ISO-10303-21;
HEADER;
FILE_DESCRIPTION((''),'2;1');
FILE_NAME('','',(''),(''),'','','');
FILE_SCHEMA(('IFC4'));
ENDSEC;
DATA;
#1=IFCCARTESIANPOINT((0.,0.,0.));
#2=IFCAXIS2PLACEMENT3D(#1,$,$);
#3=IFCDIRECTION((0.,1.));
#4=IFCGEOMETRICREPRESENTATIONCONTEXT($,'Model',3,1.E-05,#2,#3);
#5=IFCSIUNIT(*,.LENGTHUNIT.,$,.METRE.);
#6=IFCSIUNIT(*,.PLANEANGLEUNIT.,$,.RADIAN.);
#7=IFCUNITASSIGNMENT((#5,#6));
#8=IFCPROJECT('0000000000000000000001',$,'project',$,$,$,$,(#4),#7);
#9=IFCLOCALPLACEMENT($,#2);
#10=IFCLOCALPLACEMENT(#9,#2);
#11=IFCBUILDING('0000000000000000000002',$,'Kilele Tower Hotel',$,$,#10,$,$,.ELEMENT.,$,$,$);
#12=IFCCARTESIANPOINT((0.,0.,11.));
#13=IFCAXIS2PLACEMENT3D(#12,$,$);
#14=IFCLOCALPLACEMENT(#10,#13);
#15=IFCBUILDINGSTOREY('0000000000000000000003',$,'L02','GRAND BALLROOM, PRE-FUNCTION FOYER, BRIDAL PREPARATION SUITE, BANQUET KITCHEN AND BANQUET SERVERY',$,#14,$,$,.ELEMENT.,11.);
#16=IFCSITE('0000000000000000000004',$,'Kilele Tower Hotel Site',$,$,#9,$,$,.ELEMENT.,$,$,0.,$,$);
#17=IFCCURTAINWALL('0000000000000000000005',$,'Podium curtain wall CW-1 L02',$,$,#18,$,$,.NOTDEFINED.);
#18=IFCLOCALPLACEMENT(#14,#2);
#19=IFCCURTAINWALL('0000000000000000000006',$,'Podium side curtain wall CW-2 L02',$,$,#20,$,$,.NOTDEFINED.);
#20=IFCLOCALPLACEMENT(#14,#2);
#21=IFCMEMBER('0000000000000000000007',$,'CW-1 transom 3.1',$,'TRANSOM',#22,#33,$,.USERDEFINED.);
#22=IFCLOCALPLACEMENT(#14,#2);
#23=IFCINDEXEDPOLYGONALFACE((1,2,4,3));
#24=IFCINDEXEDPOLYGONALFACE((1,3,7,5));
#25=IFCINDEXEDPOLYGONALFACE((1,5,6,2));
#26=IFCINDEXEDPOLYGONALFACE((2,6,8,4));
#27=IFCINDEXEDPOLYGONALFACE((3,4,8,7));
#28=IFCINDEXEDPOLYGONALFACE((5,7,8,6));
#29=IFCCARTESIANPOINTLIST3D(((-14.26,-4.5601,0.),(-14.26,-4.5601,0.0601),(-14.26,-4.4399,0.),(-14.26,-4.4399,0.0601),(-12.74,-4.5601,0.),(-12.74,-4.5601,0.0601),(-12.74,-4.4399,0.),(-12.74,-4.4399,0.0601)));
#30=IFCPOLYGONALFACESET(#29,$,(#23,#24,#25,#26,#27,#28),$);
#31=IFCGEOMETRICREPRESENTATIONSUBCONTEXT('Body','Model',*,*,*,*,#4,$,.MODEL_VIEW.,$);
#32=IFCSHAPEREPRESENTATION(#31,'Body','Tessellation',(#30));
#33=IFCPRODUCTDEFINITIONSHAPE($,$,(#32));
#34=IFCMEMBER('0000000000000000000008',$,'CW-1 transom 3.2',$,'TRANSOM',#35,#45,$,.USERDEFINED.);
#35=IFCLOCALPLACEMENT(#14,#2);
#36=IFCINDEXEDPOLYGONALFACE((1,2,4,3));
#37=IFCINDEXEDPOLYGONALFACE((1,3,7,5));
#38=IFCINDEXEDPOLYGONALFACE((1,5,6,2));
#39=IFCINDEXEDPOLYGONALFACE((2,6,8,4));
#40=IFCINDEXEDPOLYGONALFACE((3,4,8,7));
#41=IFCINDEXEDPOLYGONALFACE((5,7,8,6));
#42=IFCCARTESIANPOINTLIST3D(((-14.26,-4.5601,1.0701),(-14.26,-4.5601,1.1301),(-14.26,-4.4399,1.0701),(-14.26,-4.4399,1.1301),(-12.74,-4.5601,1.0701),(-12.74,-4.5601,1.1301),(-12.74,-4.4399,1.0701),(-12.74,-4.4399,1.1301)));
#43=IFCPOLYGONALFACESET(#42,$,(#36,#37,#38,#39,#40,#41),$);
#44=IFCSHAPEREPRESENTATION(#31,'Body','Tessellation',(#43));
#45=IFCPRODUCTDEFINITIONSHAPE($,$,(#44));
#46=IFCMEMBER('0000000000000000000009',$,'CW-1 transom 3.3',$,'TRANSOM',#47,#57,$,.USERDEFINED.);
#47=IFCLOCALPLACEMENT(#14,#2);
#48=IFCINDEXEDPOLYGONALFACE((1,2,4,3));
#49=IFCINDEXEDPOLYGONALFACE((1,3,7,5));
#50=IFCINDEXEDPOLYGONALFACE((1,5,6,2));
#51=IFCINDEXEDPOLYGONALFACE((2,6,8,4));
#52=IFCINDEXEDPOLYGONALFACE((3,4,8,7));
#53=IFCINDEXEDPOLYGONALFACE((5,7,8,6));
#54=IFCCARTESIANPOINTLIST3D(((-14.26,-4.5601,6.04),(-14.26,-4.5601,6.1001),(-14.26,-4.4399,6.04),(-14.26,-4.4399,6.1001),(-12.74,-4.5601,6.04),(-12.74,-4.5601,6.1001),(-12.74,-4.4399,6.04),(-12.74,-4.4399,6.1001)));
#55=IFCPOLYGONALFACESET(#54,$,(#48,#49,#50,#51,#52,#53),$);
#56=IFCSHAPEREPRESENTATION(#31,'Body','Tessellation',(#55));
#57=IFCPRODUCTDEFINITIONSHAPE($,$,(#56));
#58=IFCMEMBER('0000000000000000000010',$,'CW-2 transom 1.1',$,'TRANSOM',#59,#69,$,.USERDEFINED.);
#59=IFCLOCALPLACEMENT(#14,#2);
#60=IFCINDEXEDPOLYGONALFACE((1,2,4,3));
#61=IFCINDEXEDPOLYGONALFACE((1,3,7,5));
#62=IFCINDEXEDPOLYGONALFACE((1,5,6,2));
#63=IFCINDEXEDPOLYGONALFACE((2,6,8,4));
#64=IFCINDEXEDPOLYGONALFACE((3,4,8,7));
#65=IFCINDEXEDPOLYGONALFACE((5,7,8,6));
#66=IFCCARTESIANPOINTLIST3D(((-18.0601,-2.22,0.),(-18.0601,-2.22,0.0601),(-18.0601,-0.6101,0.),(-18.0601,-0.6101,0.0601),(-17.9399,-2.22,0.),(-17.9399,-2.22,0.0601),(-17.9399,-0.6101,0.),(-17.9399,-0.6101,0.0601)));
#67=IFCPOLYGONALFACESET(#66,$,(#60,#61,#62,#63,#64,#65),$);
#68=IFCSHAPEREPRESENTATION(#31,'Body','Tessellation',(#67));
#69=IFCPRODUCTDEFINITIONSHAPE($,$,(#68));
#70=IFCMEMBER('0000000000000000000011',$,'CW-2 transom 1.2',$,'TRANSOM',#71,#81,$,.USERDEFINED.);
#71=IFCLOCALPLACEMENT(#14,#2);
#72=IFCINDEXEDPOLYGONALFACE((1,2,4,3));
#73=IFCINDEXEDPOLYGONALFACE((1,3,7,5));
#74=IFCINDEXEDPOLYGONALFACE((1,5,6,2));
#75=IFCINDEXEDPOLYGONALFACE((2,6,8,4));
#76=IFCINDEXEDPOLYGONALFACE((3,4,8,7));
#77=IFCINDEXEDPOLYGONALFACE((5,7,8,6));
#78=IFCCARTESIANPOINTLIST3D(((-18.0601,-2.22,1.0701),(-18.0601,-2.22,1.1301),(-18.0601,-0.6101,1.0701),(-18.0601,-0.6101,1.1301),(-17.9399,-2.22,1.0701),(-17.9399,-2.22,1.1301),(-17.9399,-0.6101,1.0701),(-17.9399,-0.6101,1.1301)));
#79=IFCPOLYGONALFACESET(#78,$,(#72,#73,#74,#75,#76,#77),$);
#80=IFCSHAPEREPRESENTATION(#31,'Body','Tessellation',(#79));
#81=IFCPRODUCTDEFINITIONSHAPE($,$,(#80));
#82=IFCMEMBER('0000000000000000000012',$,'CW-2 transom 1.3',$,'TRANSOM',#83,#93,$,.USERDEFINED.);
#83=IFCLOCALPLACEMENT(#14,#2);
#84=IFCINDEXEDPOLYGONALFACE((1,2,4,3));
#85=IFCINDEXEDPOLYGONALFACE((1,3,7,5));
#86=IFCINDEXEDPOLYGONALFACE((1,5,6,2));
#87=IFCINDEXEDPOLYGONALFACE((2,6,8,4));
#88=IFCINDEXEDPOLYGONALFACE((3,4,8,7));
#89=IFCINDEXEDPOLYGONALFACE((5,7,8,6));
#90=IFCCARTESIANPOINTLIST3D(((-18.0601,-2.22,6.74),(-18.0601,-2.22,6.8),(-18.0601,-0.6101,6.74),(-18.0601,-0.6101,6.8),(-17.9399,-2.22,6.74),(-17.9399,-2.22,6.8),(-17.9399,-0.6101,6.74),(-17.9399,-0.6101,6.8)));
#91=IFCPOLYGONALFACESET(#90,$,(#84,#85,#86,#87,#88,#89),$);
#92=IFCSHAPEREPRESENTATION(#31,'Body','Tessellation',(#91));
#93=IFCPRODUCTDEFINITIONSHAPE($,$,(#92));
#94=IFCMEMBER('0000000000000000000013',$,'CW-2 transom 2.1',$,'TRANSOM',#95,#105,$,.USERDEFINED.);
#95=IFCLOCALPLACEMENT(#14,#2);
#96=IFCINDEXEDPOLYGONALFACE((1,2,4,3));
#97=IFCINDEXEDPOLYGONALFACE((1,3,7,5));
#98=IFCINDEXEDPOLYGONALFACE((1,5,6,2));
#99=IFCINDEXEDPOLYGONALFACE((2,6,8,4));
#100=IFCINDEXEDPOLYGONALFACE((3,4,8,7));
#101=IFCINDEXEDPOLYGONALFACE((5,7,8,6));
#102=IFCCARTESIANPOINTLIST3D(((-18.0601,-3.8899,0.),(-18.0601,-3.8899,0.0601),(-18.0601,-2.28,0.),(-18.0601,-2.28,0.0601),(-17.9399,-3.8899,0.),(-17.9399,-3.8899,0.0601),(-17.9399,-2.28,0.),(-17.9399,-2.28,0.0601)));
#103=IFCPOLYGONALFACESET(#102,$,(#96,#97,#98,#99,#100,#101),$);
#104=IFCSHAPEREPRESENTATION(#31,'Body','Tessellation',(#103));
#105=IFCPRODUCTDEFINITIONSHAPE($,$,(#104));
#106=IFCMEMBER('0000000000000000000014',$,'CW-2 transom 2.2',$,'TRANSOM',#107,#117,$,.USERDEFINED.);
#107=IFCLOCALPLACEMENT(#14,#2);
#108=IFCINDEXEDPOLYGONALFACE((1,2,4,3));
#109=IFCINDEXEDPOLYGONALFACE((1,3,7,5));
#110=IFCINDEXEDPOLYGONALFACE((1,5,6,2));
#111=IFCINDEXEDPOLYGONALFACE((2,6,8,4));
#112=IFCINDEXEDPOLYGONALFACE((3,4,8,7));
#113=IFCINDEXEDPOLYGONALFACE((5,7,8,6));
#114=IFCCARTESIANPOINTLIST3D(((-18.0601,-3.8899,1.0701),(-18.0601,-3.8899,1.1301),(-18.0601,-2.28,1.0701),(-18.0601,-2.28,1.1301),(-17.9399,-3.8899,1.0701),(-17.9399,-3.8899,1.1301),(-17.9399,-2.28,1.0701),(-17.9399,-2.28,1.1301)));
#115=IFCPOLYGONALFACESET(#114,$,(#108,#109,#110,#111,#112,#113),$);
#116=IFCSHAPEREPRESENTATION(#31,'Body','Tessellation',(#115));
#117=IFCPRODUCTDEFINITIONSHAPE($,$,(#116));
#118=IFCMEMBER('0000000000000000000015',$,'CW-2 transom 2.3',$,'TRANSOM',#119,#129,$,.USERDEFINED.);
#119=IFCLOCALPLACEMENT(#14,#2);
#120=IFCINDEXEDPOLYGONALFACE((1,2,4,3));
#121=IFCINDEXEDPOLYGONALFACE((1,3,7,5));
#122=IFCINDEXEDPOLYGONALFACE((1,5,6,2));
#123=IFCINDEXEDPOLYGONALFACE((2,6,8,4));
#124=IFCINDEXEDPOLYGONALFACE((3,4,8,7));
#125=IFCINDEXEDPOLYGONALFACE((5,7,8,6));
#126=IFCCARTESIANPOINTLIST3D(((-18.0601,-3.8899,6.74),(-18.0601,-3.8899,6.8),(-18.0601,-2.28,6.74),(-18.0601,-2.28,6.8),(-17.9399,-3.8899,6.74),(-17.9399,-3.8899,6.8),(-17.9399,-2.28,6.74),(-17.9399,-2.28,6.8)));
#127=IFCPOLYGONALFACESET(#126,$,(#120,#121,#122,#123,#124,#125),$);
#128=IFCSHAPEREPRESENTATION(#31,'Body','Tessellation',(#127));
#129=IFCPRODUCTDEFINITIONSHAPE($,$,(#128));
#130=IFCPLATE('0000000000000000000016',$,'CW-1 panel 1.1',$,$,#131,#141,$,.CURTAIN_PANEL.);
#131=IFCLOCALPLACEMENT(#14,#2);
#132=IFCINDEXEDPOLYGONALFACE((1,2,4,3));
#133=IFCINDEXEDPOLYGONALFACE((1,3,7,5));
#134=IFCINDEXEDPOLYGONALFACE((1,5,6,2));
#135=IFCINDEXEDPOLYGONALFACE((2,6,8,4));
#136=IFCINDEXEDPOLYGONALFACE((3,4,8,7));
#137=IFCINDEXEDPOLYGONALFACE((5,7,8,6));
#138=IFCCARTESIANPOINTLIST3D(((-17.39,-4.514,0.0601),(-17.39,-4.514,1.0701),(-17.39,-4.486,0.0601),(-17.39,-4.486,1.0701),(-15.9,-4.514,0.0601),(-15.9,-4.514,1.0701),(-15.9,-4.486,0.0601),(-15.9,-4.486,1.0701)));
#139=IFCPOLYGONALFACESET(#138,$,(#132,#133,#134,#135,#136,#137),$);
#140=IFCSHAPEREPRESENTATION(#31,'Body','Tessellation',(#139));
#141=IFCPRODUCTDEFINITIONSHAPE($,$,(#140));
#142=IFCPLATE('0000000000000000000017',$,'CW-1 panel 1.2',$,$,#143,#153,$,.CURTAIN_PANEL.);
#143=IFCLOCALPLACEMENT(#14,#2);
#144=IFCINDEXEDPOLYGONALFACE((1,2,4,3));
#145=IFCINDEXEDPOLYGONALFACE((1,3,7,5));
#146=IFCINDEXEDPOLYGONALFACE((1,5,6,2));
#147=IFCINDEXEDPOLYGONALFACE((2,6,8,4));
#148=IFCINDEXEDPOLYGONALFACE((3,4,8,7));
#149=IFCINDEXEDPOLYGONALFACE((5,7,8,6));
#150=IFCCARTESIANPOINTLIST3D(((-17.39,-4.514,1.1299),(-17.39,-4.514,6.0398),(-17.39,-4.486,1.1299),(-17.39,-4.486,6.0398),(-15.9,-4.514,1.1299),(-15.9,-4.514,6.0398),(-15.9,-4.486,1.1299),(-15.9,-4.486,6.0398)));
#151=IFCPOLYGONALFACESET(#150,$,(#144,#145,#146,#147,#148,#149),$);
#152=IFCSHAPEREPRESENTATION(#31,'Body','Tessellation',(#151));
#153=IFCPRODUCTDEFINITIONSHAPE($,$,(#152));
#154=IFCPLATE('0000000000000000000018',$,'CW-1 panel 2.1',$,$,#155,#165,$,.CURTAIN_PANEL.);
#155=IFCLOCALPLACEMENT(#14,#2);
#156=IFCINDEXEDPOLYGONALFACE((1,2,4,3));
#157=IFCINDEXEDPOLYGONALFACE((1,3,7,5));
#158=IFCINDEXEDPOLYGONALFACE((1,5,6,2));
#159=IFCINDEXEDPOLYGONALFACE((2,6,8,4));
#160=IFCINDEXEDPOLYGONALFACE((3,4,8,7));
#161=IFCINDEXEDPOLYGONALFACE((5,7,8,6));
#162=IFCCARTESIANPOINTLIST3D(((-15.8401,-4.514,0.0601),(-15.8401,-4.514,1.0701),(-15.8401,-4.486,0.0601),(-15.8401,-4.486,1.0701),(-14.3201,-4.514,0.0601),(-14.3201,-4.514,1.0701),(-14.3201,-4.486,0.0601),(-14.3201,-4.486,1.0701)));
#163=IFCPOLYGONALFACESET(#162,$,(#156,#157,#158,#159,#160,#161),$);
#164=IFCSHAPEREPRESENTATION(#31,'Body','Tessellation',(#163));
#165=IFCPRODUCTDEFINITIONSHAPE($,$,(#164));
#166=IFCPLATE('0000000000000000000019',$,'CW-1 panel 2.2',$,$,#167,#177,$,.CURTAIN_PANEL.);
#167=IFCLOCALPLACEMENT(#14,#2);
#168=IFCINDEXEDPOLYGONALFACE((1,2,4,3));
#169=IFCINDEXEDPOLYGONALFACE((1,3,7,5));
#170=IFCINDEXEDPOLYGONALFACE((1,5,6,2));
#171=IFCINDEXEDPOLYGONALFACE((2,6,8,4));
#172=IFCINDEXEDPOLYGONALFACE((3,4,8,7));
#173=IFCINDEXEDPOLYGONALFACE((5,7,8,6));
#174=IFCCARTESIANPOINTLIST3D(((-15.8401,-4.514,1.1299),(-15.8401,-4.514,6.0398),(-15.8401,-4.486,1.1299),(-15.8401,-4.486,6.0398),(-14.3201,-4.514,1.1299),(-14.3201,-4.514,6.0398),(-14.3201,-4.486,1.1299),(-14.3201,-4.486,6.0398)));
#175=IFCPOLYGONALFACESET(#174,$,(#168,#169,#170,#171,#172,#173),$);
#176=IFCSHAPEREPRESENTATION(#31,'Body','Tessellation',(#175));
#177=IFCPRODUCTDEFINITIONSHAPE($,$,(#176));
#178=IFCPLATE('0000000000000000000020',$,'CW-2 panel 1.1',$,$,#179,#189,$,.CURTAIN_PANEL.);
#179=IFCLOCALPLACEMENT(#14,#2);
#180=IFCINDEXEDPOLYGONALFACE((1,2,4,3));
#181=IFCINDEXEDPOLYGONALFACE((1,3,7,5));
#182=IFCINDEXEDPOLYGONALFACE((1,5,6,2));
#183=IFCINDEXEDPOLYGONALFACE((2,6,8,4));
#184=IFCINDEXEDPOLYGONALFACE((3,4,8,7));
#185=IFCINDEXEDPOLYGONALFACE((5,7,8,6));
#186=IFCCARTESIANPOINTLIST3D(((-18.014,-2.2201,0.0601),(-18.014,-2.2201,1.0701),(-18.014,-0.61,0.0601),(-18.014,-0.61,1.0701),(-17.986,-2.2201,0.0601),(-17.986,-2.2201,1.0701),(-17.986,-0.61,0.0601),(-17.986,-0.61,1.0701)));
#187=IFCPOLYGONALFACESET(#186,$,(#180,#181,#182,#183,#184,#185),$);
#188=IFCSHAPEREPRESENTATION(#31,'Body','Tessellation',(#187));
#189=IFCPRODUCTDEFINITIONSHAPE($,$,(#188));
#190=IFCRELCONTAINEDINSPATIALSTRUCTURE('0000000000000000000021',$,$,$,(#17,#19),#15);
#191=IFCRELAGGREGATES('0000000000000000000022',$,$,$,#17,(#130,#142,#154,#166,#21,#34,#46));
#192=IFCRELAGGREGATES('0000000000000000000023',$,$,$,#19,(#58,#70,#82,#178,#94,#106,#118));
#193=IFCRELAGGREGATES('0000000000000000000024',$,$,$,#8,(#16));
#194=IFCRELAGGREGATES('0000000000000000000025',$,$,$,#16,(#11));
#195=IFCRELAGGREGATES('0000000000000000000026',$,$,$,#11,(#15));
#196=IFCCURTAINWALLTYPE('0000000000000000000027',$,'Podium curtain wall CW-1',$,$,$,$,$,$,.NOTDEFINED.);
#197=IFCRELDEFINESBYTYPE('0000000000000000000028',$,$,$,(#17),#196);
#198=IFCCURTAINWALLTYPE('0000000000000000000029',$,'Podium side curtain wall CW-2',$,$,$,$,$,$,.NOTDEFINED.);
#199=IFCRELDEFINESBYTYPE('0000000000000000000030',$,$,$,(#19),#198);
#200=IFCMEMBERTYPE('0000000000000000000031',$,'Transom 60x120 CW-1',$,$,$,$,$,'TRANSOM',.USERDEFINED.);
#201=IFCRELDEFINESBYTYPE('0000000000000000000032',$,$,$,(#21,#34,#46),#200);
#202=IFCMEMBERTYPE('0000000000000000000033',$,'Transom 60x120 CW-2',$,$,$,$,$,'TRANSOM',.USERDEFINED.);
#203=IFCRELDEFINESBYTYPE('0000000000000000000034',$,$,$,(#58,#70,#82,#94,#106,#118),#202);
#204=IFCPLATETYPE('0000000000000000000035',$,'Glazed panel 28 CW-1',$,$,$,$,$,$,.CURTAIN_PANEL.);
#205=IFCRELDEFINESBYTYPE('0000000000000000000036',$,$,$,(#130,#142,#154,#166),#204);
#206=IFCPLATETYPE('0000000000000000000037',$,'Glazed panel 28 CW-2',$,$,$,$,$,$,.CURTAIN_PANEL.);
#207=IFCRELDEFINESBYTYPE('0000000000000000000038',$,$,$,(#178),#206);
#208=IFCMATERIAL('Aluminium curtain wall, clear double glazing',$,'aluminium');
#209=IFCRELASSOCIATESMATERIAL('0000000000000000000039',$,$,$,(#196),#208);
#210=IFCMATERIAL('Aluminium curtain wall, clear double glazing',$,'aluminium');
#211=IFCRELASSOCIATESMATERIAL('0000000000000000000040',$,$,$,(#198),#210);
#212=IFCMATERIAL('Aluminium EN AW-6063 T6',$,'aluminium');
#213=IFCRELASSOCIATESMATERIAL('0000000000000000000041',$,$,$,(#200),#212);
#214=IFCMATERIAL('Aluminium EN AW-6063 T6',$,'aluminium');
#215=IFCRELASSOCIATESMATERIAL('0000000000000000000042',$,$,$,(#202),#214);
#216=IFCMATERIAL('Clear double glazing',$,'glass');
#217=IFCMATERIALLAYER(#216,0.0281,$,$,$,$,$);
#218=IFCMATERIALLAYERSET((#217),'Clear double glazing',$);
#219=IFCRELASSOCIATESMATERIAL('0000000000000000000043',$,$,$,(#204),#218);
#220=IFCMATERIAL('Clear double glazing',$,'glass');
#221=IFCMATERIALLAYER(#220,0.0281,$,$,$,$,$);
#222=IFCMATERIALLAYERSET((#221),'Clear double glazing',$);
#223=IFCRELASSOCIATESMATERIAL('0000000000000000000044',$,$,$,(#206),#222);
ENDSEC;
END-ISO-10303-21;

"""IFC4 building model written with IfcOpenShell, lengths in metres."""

from ifc_helpers import new_model, si_unit, direction, frame, origin, origin_2d, place, context, subcontext, project, spatial, rectangle, extrude, material, layer, layer_set, material_profile, profile_set, type_object, element, aggregate, save


model = new_model("IFC4")

# Units and contexts
model_context = context("Model", 3, precision=1e-05, world=origin(), true_north=direction((0.0, 1.0)))
body_context = subcontext(model_context, "Body", "Model", "MODEL_VIEW")
ifc_project = project(units=[si_unit("LENGTHUNIT", "METRE"), si_unit("PLANEANGLEUNIT", "RADIAN")], contexts=[model_context])

# Site, building, storey
site_placement = place(None, origin())
site = spatial("IfcSite", under=ifc_project, at=site_placement, Name="Kilele Tower Hotel Site", CompositionType="ELEMENT", RefElevation=0.0)
building_placement = place(site_placement, origin())
building = spatial("IfcBuilding", under=site, at=building_placement, Name="Kilele Tower Hotel", CompositionType="ELEMENT")
storey_placement = place(building_placement, frame((0.0, 0.0, 11.0)))
storey = spatial("IfcBuildingStorey", under=building, at=storey_placement, Name="L02", Description="GRAND BALLROOM, PRE-FUNCTION FOYER, BRIDAL PREPARATION SUITE, BANQUET KITCHEN AND BANQUET SERVERY", CompositionType="ELEMENT", Elevation=11.0)

# Curtain walls
ifc_material_1 = material(Name="Aluminium curtain wall, clear double glazing", Category="aluminium")
curtain_wall_type_1 = type_object("IfcCurtainWallType", Name="Podium curtain wall CW-1", PredefinedType="NOTDEFINED", material=ifc_material_1)
curtain_wall_1_placement = place(storey_placement, origin())
curtain_wall_1 = element("IfcCurtainWall", 1, at=curtain_wall_1_placement, inside=storey, type_object=curtain_wall_type_1, Name="Podium curtain wall CW-1 L02", PredefinedType="NOTDEFINED")
ifc_material_2 = material(Name="Aluminium curtain wall, clear double glazing", Category="aluminium")
curtain_wall_type_2 = type_object("IfcCurtainWallType", Name="Podium side curtain wall CW-2", PredefinedType="NOTDEFINED", material=ifc_material_2)
curtain_wall_2_placement = place(storey_placement, origin())
curtain_wall_2 = element("IfcCurtainWall", 2, at=curtain_wall_2_placement, inside=storey, type_object=curtain_wall_type_2, Name="Podium side curtain wall CW-2 L02", PredefinedType="NOTDEFINED")

# Members
ifc_material_3 = material(Name="Aluminium EN AW-6063 T6", Category="aluminium")
ifc_material_profile_1 = material_profile(ifc_material_3, rectangle(XDim=0.1201, YDim=0.0601, at=origin_2d()))
ifc_profile_set_1 = profile_set([ifc_material_profile_1], Name="Aluminium EN AW-6063 T6")
member_type_1 = type_object("IfcMemberType", Name="Transom 60x120 CW-1", ElementType="TRANSOM", PredefinedType="USERDEFINED", material=ifc_profile_set_1)
member_1_placement = place(storey_placement, frame((-14.26, -4.5, 0.03), z_axis=(1.0, 0.0, 0.0), x_axis=(0.0, 1.0, 0.0)))
member_1 = element("IfcMember", 3, at=member_1_placement, type_object=member_type_1, Name="CW-1 transom 3.1", ObjectType="TRANSOM", PredefinedType="USERDEFINED", context=body_context, shape_type="SweptSolid", body=[
    extrude(rectangle(XDim=0.1201, YDim=0.0601, at=origin_2d()), origin(), (0.0, 0.0, 1.0), 1.52),
])
member_2_placement = place(storey_placement, frame((-14.26, -4.5, 1.1001), z_axis=(1.0, 0.0, 0.0), x_axis=(0.0, 1.0, 0.0)))
member_2 = element("IfcMember", 4, at=member_2_placement, type_object=member_type_1, Name="CW-1 transom 3.2", ObjectType="TRANSOM", PredefinedType="USERDEFINED", context=body_context, shape_type="SweptSolid", body=[
    extrude(rectangle(XDim=0.1201, YDim=0.0601, at=origin_2d()), origin(), (0.0, 0.0, 1.0), 1.52),
])
member_3_placement = place(storey_placement, frame((-14.26, -4.5, 6.0701), z_axis=(1.0, 0.0, 0.0), x_axis=(0.0, 1.0, 0.0)))
member_3 = element("IfcMember", 5, at=member_3_placement, type_object=member_type_1, Name="CW-1 transom 3.3", ObjectType="TRANSOM", PredefinedType="USERDEFINED", context=body_context, shape_type="SweptSolid", body=[
    extrude(rectangle(XDim=0.1201, YDim=0.0601, at=origin_2d()), origin(), (0.0, 0.0, 1.0), 1.52),
])
ifc_material_4 = material(Name="Aluminium EN AW-6063 T6", Category="aluminium")
ifc_material_profile_2 = material_profile(ifc_material_4, rectangle(XDim=0.1201, YDim=0.0601, at=origin_2d()))
ifc_profile_set_2 = profile_set([ifc_material_profile_2], Name="Aluminium EN AW-6063 T6")
member_type_2 = type_object("IfcMemberType", Name="Transom 60x120 CW-2", ElementType="TRANSOM", PredefinedType="USERDEFINED", material=ifc_profile_set_2)
member_4_placement = place(storey_placement, frame((-18.0, -0.6101, 0.03), z_axis=(0.0, -1.0, 0.0), x_axis=(1.0, 0.0, 0.0)))
member_4 = element("IfcMember", 6, at=member_4_placement, type_object=member_type_2, Name="CW-2 transom 1.1", ObjectType="TRANSOM", PredefinedType="USERDEFINED", context=body_context, shape_type="SweptSolid", body=[
    extrude(rectangle(XDim=0.1201, YDim=0.0601, at=origin_2d()), origin(), (0.0, 0.0, 1.0), 1.6099),
])
member_5_placement = place(storey_placement, frame((-18.0, -0.6101, 1.1001), z_axis=(0.0, -1.0, 0.0), x_axis=(1.0, 0.0, 0.0)))
member_5 = element("IfcMember", 7, at=member_5_placement, type_object=member_type_2, Name="CW-2 transom 1.2", ObjectType="TRANSOM", PredefinedType="USERDEFINED", context=body_context, shape_type="SweptSolid", body=[
    extrude(rectangle(XDim=0.1201, YDim=0.0601, at=origin_2d()), origin(), (0.0, 0.0, 1.0), 1.6099),
])
member_6_placement = place(storey_placement, frame((-18.0, -0.6101, 6.77), z_axis=(0.0, -1.0, 0.0), x_axis=(1.0, 0.0, 0.0)))
member_6 = element("IfcMember", 8, at=member_6_placement, type_object=member_type_2, Name="CW-2 transom 1.3", ObjectType="TRANSOM", PredefinedType="USERDEFINED", context=body_context, shape_type="SweptSolid", body=[
    extrude(rectangle(XDim=0.1201, YDim=0.0601, at=origin_2d()), origin(), (0.0, 0.0, 1.0), 1.6099),
])
member_7_placement = place(storey_placement, frame((-18.0, -2.28, 0.03), z_axis=(0.0, -1.0, 0.0), x_axis=(1.0, 0.0, 0.0)))
member_7 = element("IfcMember", 9, at=member_7_placement, type_object=member_type_2, Name="CW-2 transom 2.1", ObjectType="TRANSOM", PredefinedType="USERDEFINED", context=body_context, shape_type="SweptSolid", body=[
    extrude(rectangle(XDim=0.1201, YDim=0.0601, at=origin_2d()), origin(), (0.0, 0.0, 1.0), 1.6099),
])
member_8_placement = place(storey_placement, frame((-18.0, -2.28, 1.1001), z_axis=(0.0, -1.0, 0.0), x_axis=(1.0, 0.0, 0.0)))
member_8 = element("IfcMember", 10, at=member_8_placement, type_object=member_type_2, Name="CW-2 transom 2.2", ObjectType="TRANSOM", PredefinedType="USERDEFINED", context=body_context, shape_type="SweptSolid", body=[
    extrude(rectangle(XDim=0.1201, YDim=0.0601, at=origin_2d()), origin(), (0.0, 0.0, 1.0), 1.6099),
])
member_9_placement = place(storey_placement, frame((-18.0, -2.28, 6.77), z_axis=(0.0, -1.0, 0.0), x_axis=(1.0, 0.0, 0.0)))
member_9 = element("IfcMember", 11, at=member_9_placement, type_object=member_type_2, Name="CW-2 transom 2.3", ObjectType="TRANSOM", PredefinedType="USERDEFINED", context=body_context, shape_type="SweptSolid", body=[
    extrude(rectangle(XDim=0.1201, YDim=0.0601, at=origin_2d()), origin(), (0.0, 0.0, 1.0), 1.6099),
])

# Plates
ifc_material_5 = material(Name="Clear double glazing", Category="glass")
ifc_layer_1 = layer(ifc_material_5, 0.0281)
ifc_layer_set_1 = layer_set([ifc_layer_1], Name="Clear double glazing")
plate_type_1 = type_object("IfcPlateType", Name="Glazed panel 28 CW-1", PredefinedType="CURTAIN_PANEL", material=ifc_layer_set_1)
plate_1_placement = place(storey_placement, frame((-16.645, -4.5, 0.0601), z_axis=(0.0, 0.0, 1.0), x_axis=(1.0, 0.0, 0.0)))
plate_1 = element("IfcPlate", 12, at=plate_1_placement, type_object=plate_type_1, Name="CW-1 panel 1.1", PredefinedType="CURTAIN_PANEL", context=body_context, shape_type="SweptSolid", body=[
    extrude(rectangle(XDim=1.49, YDim=0.0281, at=origin_2d()), origin(), (0.0, 0.0, 1.0), 1.01),
])
plate_2_placement = place(storey_placement, frame((-16.645, -4.5, 1.1299), z_axis=(0.0, 0.0, 1.0), x_axis=(1.0, 0.0, 0.0)))
plate_2 = element("IfcPlate", 13, at=plate_2_placement, type_object=plate_type_1, Name="CW-1 panel 1.2", PredefinedType="CURTAIN_PANEL", context=body_context, shape_type="SweptSolid", body=[
    extrude(rectangle(XDim=1.49, YDim=0.0281, at=origin_2d()), origin(), (0.0, 0.0, 1.0), 4.9099),
])
plate_3_placement = place(storey_placement, frame((-15.0801, -4.5, 0.0601), z_axis=(0.0, 0.0, 1.0), x_axis=(1.0, 0.0, 0.0)))
plate_3 = element("IfcPlate", 14, at=plate_3_placement, type_object=plate_type_1, Name="CW-1 panel 2.1", PredefinedType="CURTAIN_PANEL", context=body_context, shape_type="SweptSolid", body=[
    extrude(rectangle(XDim=1.52, YDim=0.0281, at=origin_2d()), origin(), (0.0, 0.0, 1.0), 1.01),
])
plate_4_placement = place(storey_placement, frame((-15.0801, -4.5, 1.1299), z_axis=(0.0, 0.0, 1.0), x_axis=(1.0, 0.0, 0.0)))
plate_4 = element("IfcPlate", 15, at=plate_4_placement, type_object=plate_type_1, Name="CW-1 panel 2.2", PredefinedType="CURTAIN_PANEL", context=body_context, shape_type="SweptSolid", body=[
    extrude(rectangle(XDim=1.52, YDim=0.0281, at=origin_2d()), origin(), (0.0, 0.0, 1.0), 4.9099),
])
aggregate(curtain_wall_1, [plate_1, plate_2, plate_3, plate_4, member_1, member_2, member_3])
ifc_material_6 = material(Name="Clear double glazing", Category="glass")
ifc_layer_2 = layer(ifc_material_6, 0.0281)
ifc_layer_set_2 = layer_set([ifc_layer_2], Name="Clear double glazing")
plate_type_2 = type_object("IfcPlateType", Name="Glazed panel 28 CW-2", PredefinedType="CURTAIN_PANEL", material=ifc_layer_set_2)
plate_5_placement = place(storey_placement, frame((-18.0, -1.415, 0.0601), z_axis=(0.0, 0.0, 1.0), x_axis=(0.0, -1.0, 0.0)))
plate_5 = element("IfcPlate", 16, at=plate_5_placement, type_object=plate_type_2, Name="CW-2 panel 1.1", PredefinedType="CURTAIN_PANEL", context=body_context, shape_type="SweptSolid", body=[
    extrude(rectangle(XDim=1.6101, YDim=0.0281, at=origin_2d()), origin(), (0.0, 0.0, 1.0), 1.01),
])
aggregate(curtain_wall_2, [member_4, member_5, member_6, plate_5, member_7, member_8, member_9])

save(model, "model.ifc")
